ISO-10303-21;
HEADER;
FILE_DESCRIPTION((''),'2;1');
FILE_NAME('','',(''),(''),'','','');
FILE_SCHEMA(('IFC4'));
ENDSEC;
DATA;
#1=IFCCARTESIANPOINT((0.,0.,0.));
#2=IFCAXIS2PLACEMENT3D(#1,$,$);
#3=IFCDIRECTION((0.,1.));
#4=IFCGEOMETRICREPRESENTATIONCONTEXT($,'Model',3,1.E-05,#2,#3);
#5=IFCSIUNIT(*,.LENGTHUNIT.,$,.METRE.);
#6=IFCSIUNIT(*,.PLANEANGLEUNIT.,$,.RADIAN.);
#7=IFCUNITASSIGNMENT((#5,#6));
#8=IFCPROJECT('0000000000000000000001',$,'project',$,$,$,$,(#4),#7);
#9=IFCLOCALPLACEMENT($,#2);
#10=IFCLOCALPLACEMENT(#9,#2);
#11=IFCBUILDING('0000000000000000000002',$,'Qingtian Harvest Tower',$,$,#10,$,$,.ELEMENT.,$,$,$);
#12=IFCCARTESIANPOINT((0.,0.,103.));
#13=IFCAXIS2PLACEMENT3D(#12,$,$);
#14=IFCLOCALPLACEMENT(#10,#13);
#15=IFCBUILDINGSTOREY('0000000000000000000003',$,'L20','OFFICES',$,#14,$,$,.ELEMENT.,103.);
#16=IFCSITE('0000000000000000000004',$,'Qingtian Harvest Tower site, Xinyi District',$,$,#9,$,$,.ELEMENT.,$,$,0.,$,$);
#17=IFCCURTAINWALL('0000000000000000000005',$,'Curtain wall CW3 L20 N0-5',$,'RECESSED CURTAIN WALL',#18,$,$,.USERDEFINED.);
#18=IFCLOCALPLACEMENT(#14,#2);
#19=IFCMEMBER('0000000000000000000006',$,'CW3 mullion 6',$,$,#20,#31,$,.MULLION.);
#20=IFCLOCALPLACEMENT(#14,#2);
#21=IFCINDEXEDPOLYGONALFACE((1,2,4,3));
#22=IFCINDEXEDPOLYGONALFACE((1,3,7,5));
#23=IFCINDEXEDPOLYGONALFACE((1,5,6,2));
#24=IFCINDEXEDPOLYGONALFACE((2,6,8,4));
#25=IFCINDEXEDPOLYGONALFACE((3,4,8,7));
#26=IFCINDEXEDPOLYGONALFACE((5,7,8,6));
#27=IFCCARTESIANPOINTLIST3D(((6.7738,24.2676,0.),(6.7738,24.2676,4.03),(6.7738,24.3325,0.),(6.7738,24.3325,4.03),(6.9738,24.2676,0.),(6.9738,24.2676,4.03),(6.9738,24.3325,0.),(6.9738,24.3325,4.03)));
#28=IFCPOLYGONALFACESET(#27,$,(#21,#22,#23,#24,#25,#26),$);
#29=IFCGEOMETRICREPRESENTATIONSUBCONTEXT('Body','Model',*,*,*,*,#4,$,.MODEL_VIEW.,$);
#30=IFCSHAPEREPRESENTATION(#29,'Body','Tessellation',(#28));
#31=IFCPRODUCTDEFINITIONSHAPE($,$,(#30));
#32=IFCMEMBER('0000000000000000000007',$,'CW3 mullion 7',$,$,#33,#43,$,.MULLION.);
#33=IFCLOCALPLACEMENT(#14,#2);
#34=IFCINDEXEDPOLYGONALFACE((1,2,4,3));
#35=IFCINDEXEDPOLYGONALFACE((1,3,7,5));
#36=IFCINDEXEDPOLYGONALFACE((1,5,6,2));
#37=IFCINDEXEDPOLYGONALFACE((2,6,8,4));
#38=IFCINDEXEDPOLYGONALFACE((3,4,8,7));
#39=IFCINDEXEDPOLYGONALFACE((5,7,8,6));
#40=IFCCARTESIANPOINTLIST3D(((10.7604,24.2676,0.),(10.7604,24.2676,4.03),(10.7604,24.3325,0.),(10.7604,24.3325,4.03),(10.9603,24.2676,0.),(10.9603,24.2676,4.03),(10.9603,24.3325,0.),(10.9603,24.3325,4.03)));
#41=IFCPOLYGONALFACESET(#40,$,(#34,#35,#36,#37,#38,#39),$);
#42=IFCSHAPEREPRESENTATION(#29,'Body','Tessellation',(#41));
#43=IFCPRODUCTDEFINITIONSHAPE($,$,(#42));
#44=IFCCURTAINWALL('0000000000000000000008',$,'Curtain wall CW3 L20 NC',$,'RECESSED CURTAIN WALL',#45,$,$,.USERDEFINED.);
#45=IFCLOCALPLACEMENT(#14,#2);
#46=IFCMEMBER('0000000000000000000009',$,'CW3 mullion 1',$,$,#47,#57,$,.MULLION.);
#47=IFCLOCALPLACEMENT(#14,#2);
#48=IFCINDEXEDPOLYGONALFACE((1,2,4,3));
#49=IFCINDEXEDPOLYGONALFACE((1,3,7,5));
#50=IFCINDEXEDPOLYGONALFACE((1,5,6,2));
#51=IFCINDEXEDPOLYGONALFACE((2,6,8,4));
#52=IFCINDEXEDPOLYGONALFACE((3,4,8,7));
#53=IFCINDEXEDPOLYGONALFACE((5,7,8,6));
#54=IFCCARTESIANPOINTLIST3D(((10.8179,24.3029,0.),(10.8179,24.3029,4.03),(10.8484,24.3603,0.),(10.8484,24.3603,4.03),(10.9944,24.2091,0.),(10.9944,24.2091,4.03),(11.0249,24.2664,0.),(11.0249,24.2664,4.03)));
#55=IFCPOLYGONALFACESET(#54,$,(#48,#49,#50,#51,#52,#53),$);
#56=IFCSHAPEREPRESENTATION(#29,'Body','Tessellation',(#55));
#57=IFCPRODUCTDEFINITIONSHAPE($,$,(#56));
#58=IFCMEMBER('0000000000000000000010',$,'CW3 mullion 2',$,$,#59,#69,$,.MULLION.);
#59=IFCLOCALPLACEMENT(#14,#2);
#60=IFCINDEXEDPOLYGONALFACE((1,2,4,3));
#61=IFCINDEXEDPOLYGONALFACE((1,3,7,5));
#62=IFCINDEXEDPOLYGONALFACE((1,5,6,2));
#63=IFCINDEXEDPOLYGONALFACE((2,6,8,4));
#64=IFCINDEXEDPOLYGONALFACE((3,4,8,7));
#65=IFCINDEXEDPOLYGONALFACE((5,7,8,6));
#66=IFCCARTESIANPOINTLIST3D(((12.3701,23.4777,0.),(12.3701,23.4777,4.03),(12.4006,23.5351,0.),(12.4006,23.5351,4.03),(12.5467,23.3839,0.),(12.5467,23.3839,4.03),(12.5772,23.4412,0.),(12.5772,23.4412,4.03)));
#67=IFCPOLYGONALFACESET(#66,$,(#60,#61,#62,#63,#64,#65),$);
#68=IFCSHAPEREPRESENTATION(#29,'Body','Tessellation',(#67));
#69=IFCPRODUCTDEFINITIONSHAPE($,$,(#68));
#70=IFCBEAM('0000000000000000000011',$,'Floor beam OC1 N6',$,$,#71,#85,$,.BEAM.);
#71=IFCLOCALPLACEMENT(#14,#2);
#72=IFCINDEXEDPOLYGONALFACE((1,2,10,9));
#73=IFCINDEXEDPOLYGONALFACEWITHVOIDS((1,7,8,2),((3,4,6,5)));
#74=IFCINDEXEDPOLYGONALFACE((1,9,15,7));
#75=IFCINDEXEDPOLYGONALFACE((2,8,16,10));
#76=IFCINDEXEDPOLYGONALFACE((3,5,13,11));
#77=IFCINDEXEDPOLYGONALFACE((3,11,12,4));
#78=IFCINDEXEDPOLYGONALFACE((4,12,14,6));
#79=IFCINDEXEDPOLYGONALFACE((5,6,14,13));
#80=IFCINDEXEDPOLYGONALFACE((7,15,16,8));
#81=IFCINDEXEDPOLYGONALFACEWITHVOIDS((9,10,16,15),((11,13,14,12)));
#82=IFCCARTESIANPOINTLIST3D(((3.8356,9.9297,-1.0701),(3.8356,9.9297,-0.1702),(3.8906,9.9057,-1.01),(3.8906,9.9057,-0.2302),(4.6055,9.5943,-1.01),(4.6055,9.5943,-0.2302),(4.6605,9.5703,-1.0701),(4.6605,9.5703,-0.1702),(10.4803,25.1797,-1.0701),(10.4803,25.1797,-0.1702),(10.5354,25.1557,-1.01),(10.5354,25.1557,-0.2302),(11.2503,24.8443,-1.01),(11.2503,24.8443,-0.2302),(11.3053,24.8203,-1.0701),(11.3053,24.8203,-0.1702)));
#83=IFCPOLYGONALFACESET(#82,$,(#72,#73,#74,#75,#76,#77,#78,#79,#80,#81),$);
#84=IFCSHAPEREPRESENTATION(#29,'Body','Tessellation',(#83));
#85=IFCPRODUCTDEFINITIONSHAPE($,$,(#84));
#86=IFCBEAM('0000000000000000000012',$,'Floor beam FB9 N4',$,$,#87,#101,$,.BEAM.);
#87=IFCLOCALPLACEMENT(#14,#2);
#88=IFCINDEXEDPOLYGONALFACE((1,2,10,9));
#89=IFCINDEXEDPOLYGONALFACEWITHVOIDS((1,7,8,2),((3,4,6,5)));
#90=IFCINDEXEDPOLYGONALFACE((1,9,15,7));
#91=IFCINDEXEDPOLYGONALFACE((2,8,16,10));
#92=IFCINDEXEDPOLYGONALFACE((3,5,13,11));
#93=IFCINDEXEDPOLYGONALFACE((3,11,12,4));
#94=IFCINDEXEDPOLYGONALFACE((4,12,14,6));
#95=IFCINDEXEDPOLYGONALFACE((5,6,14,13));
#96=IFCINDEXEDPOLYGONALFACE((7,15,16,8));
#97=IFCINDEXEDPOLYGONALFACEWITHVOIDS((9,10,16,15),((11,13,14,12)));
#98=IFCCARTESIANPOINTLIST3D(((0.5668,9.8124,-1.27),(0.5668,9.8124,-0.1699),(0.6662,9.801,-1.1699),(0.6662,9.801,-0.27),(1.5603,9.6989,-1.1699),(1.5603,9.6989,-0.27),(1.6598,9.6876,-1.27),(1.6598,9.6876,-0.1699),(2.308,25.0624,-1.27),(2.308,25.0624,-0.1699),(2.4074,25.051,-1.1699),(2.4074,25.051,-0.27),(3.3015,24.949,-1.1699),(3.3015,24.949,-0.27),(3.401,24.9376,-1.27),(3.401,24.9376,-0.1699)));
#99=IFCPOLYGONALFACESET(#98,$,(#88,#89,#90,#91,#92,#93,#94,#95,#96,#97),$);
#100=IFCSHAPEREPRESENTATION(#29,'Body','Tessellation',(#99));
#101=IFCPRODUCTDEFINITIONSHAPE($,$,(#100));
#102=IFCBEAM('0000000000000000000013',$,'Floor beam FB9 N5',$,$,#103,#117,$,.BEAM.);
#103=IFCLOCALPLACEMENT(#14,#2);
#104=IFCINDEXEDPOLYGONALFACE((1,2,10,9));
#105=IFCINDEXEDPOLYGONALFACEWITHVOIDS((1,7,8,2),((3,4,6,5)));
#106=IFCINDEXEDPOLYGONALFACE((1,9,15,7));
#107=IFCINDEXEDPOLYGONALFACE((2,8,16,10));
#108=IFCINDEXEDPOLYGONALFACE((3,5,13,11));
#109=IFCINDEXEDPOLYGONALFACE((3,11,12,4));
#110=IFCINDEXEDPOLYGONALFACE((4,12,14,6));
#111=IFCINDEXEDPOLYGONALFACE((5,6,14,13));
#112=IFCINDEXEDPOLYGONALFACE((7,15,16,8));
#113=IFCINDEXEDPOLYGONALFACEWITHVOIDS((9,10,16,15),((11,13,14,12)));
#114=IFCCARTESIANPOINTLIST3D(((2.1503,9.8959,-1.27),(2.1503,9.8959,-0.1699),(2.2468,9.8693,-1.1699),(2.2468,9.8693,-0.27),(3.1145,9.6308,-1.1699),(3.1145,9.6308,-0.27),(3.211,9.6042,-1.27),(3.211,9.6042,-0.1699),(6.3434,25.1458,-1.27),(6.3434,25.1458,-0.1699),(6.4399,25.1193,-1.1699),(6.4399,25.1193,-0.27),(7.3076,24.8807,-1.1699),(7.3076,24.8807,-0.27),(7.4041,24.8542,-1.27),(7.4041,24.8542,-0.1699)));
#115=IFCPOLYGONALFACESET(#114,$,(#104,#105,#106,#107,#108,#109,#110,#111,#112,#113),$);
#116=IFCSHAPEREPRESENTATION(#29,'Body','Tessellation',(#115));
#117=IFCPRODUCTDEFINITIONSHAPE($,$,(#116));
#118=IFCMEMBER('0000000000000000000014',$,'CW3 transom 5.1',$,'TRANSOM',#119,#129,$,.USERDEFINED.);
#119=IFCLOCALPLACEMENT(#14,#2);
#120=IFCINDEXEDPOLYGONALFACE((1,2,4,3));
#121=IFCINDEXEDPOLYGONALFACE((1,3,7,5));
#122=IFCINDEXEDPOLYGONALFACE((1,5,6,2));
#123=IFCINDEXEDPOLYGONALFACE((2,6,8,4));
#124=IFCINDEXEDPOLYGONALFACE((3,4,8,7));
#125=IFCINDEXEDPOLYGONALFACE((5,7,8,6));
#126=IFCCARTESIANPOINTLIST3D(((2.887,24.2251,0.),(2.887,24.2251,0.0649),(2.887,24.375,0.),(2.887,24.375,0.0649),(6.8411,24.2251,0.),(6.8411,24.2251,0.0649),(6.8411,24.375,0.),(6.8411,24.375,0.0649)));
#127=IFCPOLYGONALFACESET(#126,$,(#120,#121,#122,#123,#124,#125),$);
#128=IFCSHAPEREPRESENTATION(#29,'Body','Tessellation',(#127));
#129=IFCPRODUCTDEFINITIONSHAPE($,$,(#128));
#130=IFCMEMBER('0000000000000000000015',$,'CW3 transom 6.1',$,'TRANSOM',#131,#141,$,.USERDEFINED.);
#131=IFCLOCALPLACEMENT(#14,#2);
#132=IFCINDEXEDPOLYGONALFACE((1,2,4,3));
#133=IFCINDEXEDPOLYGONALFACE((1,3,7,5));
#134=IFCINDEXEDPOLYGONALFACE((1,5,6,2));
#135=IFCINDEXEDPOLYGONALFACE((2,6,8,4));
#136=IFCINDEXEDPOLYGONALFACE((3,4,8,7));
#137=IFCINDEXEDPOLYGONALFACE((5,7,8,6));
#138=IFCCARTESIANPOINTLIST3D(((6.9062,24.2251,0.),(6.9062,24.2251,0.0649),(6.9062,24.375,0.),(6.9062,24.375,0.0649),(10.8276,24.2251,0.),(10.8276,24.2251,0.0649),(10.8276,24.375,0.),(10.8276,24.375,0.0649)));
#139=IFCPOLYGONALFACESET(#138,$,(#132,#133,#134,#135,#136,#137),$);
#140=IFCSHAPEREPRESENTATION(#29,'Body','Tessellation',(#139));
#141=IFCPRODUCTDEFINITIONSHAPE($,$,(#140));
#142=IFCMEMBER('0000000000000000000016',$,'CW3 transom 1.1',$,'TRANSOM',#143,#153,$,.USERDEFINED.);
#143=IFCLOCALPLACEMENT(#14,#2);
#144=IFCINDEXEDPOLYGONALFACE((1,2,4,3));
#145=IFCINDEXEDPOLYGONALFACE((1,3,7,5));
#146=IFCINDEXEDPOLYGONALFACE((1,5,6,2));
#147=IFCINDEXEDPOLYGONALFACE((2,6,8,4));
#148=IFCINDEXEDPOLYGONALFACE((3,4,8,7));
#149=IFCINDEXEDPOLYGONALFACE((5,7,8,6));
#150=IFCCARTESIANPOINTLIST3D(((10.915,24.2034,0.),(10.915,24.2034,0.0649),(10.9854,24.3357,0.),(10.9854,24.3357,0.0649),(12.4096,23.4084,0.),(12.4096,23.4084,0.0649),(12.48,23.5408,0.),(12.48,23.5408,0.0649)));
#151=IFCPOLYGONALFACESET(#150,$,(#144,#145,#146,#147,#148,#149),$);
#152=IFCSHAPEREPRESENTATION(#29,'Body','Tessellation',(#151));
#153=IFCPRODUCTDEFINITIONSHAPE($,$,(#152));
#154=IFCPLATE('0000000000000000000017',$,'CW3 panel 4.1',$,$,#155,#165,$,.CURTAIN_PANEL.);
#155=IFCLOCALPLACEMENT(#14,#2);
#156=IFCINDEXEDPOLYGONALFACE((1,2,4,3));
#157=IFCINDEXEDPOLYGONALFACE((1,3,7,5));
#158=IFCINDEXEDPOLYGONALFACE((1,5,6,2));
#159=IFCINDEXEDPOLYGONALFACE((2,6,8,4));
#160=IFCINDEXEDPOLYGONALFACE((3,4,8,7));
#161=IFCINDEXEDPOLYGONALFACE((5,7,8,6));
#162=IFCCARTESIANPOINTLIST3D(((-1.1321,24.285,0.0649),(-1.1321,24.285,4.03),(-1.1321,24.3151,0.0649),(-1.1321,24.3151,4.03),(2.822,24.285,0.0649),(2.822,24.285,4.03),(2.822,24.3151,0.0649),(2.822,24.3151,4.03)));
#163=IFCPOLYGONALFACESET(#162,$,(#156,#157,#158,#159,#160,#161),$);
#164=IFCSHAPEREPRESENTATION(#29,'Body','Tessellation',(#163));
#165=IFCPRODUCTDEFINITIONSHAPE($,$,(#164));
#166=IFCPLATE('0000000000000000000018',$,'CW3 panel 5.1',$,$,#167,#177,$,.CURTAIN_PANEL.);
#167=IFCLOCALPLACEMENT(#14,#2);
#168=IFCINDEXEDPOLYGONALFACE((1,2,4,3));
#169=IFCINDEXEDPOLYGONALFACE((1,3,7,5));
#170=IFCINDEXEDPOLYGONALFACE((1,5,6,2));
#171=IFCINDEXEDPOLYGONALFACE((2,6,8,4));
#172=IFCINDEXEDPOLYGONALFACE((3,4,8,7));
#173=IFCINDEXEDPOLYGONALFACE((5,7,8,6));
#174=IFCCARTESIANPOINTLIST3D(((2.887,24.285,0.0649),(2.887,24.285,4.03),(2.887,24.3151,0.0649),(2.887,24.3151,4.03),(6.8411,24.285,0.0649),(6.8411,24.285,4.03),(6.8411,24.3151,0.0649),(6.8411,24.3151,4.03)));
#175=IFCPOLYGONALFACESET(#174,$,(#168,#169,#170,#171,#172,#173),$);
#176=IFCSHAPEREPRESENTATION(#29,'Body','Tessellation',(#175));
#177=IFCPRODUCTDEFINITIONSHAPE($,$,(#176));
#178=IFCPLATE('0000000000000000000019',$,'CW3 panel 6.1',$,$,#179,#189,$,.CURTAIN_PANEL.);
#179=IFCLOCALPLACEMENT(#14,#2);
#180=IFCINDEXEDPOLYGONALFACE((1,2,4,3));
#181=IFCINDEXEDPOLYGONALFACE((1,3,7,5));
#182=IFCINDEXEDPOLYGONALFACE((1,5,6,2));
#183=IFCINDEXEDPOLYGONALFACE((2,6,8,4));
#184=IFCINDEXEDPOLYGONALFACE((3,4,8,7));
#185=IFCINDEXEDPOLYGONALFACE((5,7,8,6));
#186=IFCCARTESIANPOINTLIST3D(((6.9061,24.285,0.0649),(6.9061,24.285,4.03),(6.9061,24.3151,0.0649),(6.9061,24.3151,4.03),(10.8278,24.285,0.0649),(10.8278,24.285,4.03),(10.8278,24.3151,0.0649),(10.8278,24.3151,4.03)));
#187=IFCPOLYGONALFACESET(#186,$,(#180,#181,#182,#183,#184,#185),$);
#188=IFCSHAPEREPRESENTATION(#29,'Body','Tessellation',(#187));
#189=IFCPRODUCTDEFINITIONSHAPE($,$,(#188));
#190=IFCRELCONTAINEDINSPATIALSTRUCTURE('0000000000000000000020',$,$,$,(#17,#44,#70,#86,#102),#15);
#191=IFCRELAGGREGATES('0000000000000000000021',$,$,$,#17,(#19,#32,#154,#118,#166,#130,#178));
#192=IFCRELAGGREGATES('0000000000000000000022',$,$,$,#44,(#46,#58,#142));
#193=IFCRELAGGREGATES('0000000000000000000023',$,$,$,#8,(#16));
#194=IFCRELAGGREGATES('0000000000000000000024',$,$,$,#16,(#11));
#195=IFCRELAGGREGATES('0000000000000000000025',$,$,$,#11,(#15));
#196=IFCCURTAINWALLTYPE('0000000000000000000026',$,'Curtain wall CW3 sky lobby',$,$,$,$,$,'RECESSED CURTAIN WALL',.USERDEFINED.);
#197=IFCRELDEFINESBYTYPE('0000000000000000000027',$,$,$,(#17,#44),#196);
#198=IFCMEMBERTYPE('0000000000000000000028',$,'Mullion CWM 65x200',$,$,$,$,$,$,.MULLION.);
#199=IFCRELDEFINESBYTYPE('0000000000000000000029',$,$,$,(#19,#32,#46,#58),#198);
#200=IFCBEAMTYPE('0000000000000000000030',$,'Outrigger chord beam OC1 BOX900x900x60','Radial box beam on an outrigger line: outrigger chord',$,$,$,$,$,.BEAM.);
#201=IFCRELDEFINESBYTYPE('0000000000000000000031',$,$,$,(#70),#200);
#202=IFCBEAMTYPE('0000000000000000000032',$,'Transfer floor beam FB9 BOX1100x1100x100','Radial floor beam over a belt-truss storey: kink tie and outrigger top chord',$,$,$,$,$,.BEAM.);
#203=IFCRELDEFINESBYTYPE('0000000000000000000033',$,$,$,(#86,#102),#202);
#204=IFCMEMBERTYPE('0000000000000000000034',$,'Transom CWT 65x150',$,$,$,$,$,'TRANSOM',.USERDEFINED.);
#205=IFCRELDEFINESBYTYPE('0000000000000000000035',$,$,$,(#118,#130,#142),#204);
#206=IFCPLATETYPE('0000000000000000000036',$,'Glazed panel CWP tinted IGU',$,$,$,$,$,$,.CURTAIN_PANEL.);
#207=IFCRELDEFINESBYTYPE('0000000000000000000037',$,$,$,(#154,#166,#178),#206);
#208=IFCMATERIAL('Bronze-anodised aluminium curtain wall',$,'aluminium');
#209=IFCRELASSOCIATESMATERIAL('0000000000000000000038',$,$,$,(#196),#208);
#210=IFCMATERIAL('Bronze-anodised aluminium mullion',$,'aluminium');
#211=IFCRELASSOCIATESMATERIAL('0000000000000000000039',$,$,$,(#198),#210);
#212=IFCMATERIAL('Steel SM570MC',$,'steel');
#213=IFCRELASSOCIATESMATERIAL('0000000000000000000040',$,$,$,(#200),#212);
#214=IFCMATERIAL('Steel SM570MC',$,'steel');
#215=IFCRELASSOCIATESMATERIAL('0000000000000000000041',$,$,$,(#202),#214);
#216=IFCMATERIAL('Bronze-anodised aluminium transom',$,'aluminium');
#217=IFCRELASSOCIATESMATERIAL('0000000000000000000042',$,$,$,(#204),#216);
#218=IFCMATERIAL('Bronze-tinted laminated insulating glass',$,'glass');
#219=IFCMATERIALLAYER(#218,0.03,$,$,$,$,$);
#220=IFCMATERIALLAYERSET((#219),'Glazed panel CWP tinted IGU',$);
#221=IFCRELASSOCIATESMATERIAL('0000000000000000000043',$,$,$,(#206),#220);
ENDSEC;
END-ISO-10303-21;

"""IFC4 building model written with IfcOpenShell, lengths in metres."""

from ifc_helpers import new_model, si_unit, direction, frame, origin, origin_2d, place, context, subcontext, project, spatial, rectangle, hollow_rectangle, extrude, material, layer, layer_set, material_profile, profile_set, type_object, element, aggregate, save


model = new_model("IFC4")

# Units and contexts
model_context = context("Model", 3, precision=1e-05, world=origin(), true_north=direction((0.0, 1.0)))
body_context = subcontext(model_context, "Body", "Model", "MODEL_VIEW")
ifc_project = project(units=[si_unit("LENGTHUNIT", "METRE"), si_unit("PLANEANGLEUNIT", "RADIAN")], contexts=[model_context])

# Site, building, storey
site_placement = place(None, origin())
site = spatial("IfcSite", under=ifc_project, at=site_placement, Name="Qingtian Harvest Tower site, Xinyi District", CompositionType="ELEMENT", RefElevation=0.0)
building_placement = place(site_placement, origin())
building = spatial("IfcBuilding", under=site, at=building_placement, Name="Qingtian Harvest Tower", CompositionType="ELEMENT")
storey_placement = place(building_placement, frame((0.0, 0.0, 103.0)))
storey = spatial("IfcBuildingStorey", under=building, at=storey_placement, Name="L20", Description="OFFICES", CompositionType="ELEMENT", Elevation=103.0)

# Curtain walls, members
ifc_material_1 = material(Name="Bronze-anodised aluminium curtain wall", Category="aluminium")
curtain_wall_type = type_object("IfcCurtainWallType", Name="Curtain wall CW3 sky lobby", ElementType="RECESSED CURTAIN WALL", PredefinedType="USERDEFINED", material=ifc_material_1)
curtain_wall_1_placement = place(storey_placement, origin())
curtain_wall_1 = element("IfcCurtainWall", 1, at=curtain_wall_1_placement, inside=storey, type_object=curtain_wall_type, Name="Curtain wall CW3 L20 N0-5", ObjectType="RECESSED CURTAIN WALL", PredefinedType="USERDEFINED")
ifc_material_2 = material(Name="Bronze-anodised aluminium mullion", Category="aluminium")
ifc_material_profile_1 = material_profile(ifc_material_2, rectangle(XDim=0.0649, YDim=0.2, at=origin_2d()), Name="AL 65x200")
ifc_profile_set_1 = profile_set([ifc_material_profile_1], Name="Bronze-anodised aluminium mullion")
member_type_1 = type_object("IfcMemberType", Name="Mullion CWM 65x200", PredefinedType="MULLION", material=ifc_profile_set_1)
member_1_placement = place(storey_placement, frame((6.8738, 24.3, 0.0), z_axis=(0.0, 0.0, 1.0), x_axis=(0.0, 1.0, 0.0)))
member_1 = element("IfcMember", 2, at=member_1_placement, type_object=member_type_1, Name="CW3 mullion 6", PredefinedType="MULLION", context=body_context, shape_type="SweptSolid", body=[
    extrude(rectangle(XDim=0.0649, YDim=0.2, at=origin_2d()), origin(), (0.0, 0.0, 1.0), 4.03),
])
member_2_placement = place(storey_placement, frame((10.8604, 24.3, 0.0), z_axis=(0.0, 0.0, 1.0), x_axis=(0.0, 1.0, 0.0)))
member_2 = element("IfcMember", 3, at=member_2_placement, type_object=member_type_1, Name="CW3 mullion 7", PredefinedType="MULLION", context=body_context, shape_type="SweptSolid", body=[
    extrude(rectangle(XDim=0.0649, YDim=0.2, at=origin_2d()), origin(), (0.0, 0.0, 1.0), 4.03),
])
curtain_wall_2_placement = place(storey_placement, origin())
curtain_wall_2 = element("IfcCurtainWall", 4, at=curtain_wall_2_placement, inside=storey, type_object=curtain_wall_type, Name="Curtain wall CW3 L20 NC", ObjectType="RECESSED CURTAIN WALL", PredefinedType="USERDEFINED")
member_3_placement = place(storey_placement, frame((10.9214, 24.2847, 0.0), z_axis=(0.0, 0.0, 1.0), x_axis=(0.469472, 0.882948, 0.0)))
member_3 = element("IfcMember", 5, at=member_3_placement, type_object=member_type_1, Name="CW3 mullion 1", PredefinedType="MULLION", context=body_context, shape_type="SweptSolid", body=[
    extrude(rectangle(XDim=0.0649, YDim=0.2, at=origin_2d()), origin(), (0.0, 0.0, 1.0), 4.03),
])
member_4_placement = place(storey_placement, frame((12.4736, 23.4595, 0.0), z_axis=(0.0, 0.0, 1.0), x_axis=(0.469472, 0.882948, 0.0)))
member_4 = element("IfcMember", 6, at=member_4_placement, type_object=member_type_1, Name="CW3 mullion 2", PredefinedType="MULLION", context=body_context, shape_type="SweptSolid", body=[
    extrude(rectangle(XDim=0.0649, YDim=0.2, at=origin_2d()), origin(), (0.0, 0.0, 1.0), 4.03),
])

# Beams
ifc_material_3 = material(Name="Steel SM570MC", Category="steel")
ifc_material_profile_2 = material_profile(ifc_material_3, hollow_rectangle(XDim=0.8999, YDim=0.8999, WallThickness=0.0601, at=origin_2d()), Name="BOX900x900x60")
ifc_profile_set_2 = profile_set([ifc_material_profile_2], Name="Steel SM570MC")
beam_type_1 = type_object("IfcBeamType", Name="Outrigger chord beam OC1 BOX900x900x60", Description="Radial box beam on an outrigger line: outrigger chord", PredefinedType="BEAM", material=ifc_profile_set_2)
beam_1_placement = place(storey_placement, frame((10.8928, 25.0, -0.6201), z_axis=(-0.399451, -0.916755, 0.0), x_axis=(0.916755, -0.399451, 0.0)))
element("IfcBeam", 7, at=beam_1_placement, inside=storey, type_object=beam_type_1, Name="Floor beam OC1 N6", PredefinedType="BEAM", context=body_context, shape_type="SweptSolid", body=[
    extrude(hollow_rectangle(XDim=0.8999, YDim=0.8999, WallThickness=0.0601, at=origin_2d()), origin(), (0.0, 0.0, 1.0), 16.6348),
])
ifc_material_4 = material(Name="Steel SM570MC", Category="steel")
ifc_material_profile_3 = material_profile(ifc_material_4, hollow_rectangle(XDim=1.1001, YDim=1.1001, WallThickness=0.1001, at=origin_2d()), Name="BOX1100x1100x100")
ifc_profile_set_3 = profile_set([ifc_material_profile_3], Name="Steel SM570MC")
beam_type_2 = type_object("IfcBeamType", Name="Transfer floor beam FB9 BOX1100x1100x100", Description="Radial floor beam over a belt-truss storey: kink tie and outrigger top chord", PredefinedType="BEAM", material=ifc_profile_set_3)
beam_2_placement = place(storey_placement, frame((2.8545, 25.0, -0.72), z_axis=(-0.113441, -0.993545, 0.0), x_axis=(0.993545, -0.113441, 0.0)))
element("IfcBeam", 8, at=beam_2_placement, inside=storey, type_object=beam_type_2, Name="Floor beam FB9 N4", PredefinedType="BEAM", context=body_context, shape_type="SweptSolid", body=[
    extrude(hollow_rectangle(XDim=1.1001, YDim=1.1001, WallThickness=0.1001, at=origin_2d()), origin(), (0.0, 0.0, 1.0), 15.3491),
])
beam_3_placement = place(storey_placement, frame((6.8738, 25.0, -0.72), z_axis=(-0.265119, -0.964216, 0.0), x_axis=(0.964216, -0.265119, 0.0)))
element("IfcBeam", 9, at=beam_3_placement, inside=storey, type_object=beam_type_2, Name="Floor beam FB9 N5", PredefinedType="BEAM", context=body_context, shape_type="SweptSolid", body=[
    extrude(hollow_rectangle(XDim=1.1001, YDim=1.1001, WallThickness=0.1001, at=origin_2d()), origin(), (0.0, 0.0, 1.0), 15.8159),
])

# Members
ifc_material_5 = material(Name="Bronze-anodised aluminium transom", Category="aluminium")
ifc_material_profile_4 = material_profile(ifc_material_5, rectangle(XDim=0.1499, YDim=0.0649, at=origin_2d()), Name="AL 65x150")
ifc_profile_set_4 = profile_set([ifc_material_profile_4], Name="Bronze-anodised aluminium transom")
member_type_2 = type_object("IfcMemberType", Name="Transom CWT 65x150", ElementType="TRANSOM", PredefinedType="USERDEFINED", material=ifc_profile_set_4)
member_5_placement = place(storey_placement, frame((2.887, 24.3, 0.0325), z_axis=(1.0, 0.0, 0.0), x_axis=(0.0, 1.0, 0.0)))
member_5 = element("IfcMember", 10, at=member_5_placement, type_object=member_type_2, Name="CW3 transom 5.1", ObjectType="TRANSOM", PredefinedType="USERDEFINED", context=body_context, shape_type="SweptSolid", body=[
    extrude(rectangle(XDim=0.1499, YDim=0.0649, at=origin_2d()), origin(), (0.0, 0.0, 1.0), 3.9541),
])
member_6_placement = place(storey_placement, frame((6.9062, 24.3, 0.0325), z_axis=(1.0, 0.0, 0.0), x_axis=(0.0, 1.0, 0.0)))
member_6 = element("IfcMember", 11, at=member_6_placement, type_object=member_type_2, Name="CW3 transom 6.1", ObjectType="TRANSOM", PredefinedType="USERDEFINED", context=body_context, shape_type="SweptSolid", body=[
    extrude(rectangle(XDim=0.1499, YDim=0.0649, at=origin_2d()), origin(), (0.0, 0.0, 1.0), 3.9214),
])
member_7_placement = place(storey_placement, frame((10.9502, 24.2695, 0.0325), z_axis=(0.882895, -0.46957, 0.0), x_axis=(0.46957, 0.882895, 0.0)))
member_7 = element("IfcMember", 12, at=member_7_placement, type_object=member_type_2, Name="CW3 transom 1.1", ObjectType="TRANSOM", PredefinedType="USERDEFINED", context=body_context, shape_type="SweptSolid", body=[
    extrude(rectangle(XDim=0.1499, YDim=0.0649, at=origin_2d()), origin(), (0.0, 0.0, 1.0), 1.6929),
])

# Plates
ifc_material_6 = material(Name="Bronze-tinted laminated insulating glass", Category="glass")
ifc_layer_1 = layer(ifc_material_6, 0.03)
ifc_layer_set_1 = layer_set([ifc_layer_1], Name="Glazed panel CWP tinted IGU")
plate_type = type_object("IfcPlateType", Name="Glazed panel CWP tinted IGU", PredefinedType="CURTAIN_PANEL", material=ifc_layer_set_1)
plate_1_placement = place(storey_placement, frame((0.845, 24.3, 0.0649), z_axis=(0.0, 0.0, 1.0), x_axis=(1.0, 0.0, 0.0)))
plate_1 = element("IfcPlate", 13, at=plate_1_placement, type_object=plate_type, Name="CW3 panel 4.1", PredefinedType="CURTAIN_PANEL", context=body_context, shape_type="SweptSolid", body=[
    extrude(rectangle(XDim=3.9541, YDim=0.03, at=origin_2d()), origin(), (0.0, 0.0, 1.0), 3.9651),
])
plate_2_placement = place(storey_placement, frame((4.864, 24.3, 0.0649), z_axis=(0.0, 0.0, 1.0), x_axis=(1.0, 0.0, 0.0)))
plate_2 = element("IfcPlate", 14, at=plate_2_placement, type_object=plate_type, Name="CW3 panel 5.1", PredefinedType="CURTAIN_PANEL", context=body_context, shape_type="SweptSolid", body=[
    extrude(rectangle(XDim=3.9541, YDim=0.03, at=origin_2d()), origin(), (0.0, 0.0, 1.0), 3.9651),
])
plate_3_placement = place(storey_placement, frame((8.8669, 24.3, 0.0649), z_axis=(0.0, 0.0, 1.0), x_axis=(1.0, 0.0, 0.0)))
plate_3 = element("IfcPlate", 15, at=plate_3_placement, type_object=plate_type, Name="CW3 panel 6.1", PredefinedType="CURTAIN_PANEL", context=body_context, shape_type="SweptSolid", body=[
    extrude(rectangle(XDim=3.9216, YDim=0.03, at=origin_2d()), origin(), (0.0, 0.0, 1.0), 3.9651),
])
aggregate(curtain_wall_1, [member_1, member_2, plate_1, member_5, plate_2, member_6, plate_3])
aggregate(curtain_wall_2, [member_3, member_4, member_7])

save(model, "model.ifc")
